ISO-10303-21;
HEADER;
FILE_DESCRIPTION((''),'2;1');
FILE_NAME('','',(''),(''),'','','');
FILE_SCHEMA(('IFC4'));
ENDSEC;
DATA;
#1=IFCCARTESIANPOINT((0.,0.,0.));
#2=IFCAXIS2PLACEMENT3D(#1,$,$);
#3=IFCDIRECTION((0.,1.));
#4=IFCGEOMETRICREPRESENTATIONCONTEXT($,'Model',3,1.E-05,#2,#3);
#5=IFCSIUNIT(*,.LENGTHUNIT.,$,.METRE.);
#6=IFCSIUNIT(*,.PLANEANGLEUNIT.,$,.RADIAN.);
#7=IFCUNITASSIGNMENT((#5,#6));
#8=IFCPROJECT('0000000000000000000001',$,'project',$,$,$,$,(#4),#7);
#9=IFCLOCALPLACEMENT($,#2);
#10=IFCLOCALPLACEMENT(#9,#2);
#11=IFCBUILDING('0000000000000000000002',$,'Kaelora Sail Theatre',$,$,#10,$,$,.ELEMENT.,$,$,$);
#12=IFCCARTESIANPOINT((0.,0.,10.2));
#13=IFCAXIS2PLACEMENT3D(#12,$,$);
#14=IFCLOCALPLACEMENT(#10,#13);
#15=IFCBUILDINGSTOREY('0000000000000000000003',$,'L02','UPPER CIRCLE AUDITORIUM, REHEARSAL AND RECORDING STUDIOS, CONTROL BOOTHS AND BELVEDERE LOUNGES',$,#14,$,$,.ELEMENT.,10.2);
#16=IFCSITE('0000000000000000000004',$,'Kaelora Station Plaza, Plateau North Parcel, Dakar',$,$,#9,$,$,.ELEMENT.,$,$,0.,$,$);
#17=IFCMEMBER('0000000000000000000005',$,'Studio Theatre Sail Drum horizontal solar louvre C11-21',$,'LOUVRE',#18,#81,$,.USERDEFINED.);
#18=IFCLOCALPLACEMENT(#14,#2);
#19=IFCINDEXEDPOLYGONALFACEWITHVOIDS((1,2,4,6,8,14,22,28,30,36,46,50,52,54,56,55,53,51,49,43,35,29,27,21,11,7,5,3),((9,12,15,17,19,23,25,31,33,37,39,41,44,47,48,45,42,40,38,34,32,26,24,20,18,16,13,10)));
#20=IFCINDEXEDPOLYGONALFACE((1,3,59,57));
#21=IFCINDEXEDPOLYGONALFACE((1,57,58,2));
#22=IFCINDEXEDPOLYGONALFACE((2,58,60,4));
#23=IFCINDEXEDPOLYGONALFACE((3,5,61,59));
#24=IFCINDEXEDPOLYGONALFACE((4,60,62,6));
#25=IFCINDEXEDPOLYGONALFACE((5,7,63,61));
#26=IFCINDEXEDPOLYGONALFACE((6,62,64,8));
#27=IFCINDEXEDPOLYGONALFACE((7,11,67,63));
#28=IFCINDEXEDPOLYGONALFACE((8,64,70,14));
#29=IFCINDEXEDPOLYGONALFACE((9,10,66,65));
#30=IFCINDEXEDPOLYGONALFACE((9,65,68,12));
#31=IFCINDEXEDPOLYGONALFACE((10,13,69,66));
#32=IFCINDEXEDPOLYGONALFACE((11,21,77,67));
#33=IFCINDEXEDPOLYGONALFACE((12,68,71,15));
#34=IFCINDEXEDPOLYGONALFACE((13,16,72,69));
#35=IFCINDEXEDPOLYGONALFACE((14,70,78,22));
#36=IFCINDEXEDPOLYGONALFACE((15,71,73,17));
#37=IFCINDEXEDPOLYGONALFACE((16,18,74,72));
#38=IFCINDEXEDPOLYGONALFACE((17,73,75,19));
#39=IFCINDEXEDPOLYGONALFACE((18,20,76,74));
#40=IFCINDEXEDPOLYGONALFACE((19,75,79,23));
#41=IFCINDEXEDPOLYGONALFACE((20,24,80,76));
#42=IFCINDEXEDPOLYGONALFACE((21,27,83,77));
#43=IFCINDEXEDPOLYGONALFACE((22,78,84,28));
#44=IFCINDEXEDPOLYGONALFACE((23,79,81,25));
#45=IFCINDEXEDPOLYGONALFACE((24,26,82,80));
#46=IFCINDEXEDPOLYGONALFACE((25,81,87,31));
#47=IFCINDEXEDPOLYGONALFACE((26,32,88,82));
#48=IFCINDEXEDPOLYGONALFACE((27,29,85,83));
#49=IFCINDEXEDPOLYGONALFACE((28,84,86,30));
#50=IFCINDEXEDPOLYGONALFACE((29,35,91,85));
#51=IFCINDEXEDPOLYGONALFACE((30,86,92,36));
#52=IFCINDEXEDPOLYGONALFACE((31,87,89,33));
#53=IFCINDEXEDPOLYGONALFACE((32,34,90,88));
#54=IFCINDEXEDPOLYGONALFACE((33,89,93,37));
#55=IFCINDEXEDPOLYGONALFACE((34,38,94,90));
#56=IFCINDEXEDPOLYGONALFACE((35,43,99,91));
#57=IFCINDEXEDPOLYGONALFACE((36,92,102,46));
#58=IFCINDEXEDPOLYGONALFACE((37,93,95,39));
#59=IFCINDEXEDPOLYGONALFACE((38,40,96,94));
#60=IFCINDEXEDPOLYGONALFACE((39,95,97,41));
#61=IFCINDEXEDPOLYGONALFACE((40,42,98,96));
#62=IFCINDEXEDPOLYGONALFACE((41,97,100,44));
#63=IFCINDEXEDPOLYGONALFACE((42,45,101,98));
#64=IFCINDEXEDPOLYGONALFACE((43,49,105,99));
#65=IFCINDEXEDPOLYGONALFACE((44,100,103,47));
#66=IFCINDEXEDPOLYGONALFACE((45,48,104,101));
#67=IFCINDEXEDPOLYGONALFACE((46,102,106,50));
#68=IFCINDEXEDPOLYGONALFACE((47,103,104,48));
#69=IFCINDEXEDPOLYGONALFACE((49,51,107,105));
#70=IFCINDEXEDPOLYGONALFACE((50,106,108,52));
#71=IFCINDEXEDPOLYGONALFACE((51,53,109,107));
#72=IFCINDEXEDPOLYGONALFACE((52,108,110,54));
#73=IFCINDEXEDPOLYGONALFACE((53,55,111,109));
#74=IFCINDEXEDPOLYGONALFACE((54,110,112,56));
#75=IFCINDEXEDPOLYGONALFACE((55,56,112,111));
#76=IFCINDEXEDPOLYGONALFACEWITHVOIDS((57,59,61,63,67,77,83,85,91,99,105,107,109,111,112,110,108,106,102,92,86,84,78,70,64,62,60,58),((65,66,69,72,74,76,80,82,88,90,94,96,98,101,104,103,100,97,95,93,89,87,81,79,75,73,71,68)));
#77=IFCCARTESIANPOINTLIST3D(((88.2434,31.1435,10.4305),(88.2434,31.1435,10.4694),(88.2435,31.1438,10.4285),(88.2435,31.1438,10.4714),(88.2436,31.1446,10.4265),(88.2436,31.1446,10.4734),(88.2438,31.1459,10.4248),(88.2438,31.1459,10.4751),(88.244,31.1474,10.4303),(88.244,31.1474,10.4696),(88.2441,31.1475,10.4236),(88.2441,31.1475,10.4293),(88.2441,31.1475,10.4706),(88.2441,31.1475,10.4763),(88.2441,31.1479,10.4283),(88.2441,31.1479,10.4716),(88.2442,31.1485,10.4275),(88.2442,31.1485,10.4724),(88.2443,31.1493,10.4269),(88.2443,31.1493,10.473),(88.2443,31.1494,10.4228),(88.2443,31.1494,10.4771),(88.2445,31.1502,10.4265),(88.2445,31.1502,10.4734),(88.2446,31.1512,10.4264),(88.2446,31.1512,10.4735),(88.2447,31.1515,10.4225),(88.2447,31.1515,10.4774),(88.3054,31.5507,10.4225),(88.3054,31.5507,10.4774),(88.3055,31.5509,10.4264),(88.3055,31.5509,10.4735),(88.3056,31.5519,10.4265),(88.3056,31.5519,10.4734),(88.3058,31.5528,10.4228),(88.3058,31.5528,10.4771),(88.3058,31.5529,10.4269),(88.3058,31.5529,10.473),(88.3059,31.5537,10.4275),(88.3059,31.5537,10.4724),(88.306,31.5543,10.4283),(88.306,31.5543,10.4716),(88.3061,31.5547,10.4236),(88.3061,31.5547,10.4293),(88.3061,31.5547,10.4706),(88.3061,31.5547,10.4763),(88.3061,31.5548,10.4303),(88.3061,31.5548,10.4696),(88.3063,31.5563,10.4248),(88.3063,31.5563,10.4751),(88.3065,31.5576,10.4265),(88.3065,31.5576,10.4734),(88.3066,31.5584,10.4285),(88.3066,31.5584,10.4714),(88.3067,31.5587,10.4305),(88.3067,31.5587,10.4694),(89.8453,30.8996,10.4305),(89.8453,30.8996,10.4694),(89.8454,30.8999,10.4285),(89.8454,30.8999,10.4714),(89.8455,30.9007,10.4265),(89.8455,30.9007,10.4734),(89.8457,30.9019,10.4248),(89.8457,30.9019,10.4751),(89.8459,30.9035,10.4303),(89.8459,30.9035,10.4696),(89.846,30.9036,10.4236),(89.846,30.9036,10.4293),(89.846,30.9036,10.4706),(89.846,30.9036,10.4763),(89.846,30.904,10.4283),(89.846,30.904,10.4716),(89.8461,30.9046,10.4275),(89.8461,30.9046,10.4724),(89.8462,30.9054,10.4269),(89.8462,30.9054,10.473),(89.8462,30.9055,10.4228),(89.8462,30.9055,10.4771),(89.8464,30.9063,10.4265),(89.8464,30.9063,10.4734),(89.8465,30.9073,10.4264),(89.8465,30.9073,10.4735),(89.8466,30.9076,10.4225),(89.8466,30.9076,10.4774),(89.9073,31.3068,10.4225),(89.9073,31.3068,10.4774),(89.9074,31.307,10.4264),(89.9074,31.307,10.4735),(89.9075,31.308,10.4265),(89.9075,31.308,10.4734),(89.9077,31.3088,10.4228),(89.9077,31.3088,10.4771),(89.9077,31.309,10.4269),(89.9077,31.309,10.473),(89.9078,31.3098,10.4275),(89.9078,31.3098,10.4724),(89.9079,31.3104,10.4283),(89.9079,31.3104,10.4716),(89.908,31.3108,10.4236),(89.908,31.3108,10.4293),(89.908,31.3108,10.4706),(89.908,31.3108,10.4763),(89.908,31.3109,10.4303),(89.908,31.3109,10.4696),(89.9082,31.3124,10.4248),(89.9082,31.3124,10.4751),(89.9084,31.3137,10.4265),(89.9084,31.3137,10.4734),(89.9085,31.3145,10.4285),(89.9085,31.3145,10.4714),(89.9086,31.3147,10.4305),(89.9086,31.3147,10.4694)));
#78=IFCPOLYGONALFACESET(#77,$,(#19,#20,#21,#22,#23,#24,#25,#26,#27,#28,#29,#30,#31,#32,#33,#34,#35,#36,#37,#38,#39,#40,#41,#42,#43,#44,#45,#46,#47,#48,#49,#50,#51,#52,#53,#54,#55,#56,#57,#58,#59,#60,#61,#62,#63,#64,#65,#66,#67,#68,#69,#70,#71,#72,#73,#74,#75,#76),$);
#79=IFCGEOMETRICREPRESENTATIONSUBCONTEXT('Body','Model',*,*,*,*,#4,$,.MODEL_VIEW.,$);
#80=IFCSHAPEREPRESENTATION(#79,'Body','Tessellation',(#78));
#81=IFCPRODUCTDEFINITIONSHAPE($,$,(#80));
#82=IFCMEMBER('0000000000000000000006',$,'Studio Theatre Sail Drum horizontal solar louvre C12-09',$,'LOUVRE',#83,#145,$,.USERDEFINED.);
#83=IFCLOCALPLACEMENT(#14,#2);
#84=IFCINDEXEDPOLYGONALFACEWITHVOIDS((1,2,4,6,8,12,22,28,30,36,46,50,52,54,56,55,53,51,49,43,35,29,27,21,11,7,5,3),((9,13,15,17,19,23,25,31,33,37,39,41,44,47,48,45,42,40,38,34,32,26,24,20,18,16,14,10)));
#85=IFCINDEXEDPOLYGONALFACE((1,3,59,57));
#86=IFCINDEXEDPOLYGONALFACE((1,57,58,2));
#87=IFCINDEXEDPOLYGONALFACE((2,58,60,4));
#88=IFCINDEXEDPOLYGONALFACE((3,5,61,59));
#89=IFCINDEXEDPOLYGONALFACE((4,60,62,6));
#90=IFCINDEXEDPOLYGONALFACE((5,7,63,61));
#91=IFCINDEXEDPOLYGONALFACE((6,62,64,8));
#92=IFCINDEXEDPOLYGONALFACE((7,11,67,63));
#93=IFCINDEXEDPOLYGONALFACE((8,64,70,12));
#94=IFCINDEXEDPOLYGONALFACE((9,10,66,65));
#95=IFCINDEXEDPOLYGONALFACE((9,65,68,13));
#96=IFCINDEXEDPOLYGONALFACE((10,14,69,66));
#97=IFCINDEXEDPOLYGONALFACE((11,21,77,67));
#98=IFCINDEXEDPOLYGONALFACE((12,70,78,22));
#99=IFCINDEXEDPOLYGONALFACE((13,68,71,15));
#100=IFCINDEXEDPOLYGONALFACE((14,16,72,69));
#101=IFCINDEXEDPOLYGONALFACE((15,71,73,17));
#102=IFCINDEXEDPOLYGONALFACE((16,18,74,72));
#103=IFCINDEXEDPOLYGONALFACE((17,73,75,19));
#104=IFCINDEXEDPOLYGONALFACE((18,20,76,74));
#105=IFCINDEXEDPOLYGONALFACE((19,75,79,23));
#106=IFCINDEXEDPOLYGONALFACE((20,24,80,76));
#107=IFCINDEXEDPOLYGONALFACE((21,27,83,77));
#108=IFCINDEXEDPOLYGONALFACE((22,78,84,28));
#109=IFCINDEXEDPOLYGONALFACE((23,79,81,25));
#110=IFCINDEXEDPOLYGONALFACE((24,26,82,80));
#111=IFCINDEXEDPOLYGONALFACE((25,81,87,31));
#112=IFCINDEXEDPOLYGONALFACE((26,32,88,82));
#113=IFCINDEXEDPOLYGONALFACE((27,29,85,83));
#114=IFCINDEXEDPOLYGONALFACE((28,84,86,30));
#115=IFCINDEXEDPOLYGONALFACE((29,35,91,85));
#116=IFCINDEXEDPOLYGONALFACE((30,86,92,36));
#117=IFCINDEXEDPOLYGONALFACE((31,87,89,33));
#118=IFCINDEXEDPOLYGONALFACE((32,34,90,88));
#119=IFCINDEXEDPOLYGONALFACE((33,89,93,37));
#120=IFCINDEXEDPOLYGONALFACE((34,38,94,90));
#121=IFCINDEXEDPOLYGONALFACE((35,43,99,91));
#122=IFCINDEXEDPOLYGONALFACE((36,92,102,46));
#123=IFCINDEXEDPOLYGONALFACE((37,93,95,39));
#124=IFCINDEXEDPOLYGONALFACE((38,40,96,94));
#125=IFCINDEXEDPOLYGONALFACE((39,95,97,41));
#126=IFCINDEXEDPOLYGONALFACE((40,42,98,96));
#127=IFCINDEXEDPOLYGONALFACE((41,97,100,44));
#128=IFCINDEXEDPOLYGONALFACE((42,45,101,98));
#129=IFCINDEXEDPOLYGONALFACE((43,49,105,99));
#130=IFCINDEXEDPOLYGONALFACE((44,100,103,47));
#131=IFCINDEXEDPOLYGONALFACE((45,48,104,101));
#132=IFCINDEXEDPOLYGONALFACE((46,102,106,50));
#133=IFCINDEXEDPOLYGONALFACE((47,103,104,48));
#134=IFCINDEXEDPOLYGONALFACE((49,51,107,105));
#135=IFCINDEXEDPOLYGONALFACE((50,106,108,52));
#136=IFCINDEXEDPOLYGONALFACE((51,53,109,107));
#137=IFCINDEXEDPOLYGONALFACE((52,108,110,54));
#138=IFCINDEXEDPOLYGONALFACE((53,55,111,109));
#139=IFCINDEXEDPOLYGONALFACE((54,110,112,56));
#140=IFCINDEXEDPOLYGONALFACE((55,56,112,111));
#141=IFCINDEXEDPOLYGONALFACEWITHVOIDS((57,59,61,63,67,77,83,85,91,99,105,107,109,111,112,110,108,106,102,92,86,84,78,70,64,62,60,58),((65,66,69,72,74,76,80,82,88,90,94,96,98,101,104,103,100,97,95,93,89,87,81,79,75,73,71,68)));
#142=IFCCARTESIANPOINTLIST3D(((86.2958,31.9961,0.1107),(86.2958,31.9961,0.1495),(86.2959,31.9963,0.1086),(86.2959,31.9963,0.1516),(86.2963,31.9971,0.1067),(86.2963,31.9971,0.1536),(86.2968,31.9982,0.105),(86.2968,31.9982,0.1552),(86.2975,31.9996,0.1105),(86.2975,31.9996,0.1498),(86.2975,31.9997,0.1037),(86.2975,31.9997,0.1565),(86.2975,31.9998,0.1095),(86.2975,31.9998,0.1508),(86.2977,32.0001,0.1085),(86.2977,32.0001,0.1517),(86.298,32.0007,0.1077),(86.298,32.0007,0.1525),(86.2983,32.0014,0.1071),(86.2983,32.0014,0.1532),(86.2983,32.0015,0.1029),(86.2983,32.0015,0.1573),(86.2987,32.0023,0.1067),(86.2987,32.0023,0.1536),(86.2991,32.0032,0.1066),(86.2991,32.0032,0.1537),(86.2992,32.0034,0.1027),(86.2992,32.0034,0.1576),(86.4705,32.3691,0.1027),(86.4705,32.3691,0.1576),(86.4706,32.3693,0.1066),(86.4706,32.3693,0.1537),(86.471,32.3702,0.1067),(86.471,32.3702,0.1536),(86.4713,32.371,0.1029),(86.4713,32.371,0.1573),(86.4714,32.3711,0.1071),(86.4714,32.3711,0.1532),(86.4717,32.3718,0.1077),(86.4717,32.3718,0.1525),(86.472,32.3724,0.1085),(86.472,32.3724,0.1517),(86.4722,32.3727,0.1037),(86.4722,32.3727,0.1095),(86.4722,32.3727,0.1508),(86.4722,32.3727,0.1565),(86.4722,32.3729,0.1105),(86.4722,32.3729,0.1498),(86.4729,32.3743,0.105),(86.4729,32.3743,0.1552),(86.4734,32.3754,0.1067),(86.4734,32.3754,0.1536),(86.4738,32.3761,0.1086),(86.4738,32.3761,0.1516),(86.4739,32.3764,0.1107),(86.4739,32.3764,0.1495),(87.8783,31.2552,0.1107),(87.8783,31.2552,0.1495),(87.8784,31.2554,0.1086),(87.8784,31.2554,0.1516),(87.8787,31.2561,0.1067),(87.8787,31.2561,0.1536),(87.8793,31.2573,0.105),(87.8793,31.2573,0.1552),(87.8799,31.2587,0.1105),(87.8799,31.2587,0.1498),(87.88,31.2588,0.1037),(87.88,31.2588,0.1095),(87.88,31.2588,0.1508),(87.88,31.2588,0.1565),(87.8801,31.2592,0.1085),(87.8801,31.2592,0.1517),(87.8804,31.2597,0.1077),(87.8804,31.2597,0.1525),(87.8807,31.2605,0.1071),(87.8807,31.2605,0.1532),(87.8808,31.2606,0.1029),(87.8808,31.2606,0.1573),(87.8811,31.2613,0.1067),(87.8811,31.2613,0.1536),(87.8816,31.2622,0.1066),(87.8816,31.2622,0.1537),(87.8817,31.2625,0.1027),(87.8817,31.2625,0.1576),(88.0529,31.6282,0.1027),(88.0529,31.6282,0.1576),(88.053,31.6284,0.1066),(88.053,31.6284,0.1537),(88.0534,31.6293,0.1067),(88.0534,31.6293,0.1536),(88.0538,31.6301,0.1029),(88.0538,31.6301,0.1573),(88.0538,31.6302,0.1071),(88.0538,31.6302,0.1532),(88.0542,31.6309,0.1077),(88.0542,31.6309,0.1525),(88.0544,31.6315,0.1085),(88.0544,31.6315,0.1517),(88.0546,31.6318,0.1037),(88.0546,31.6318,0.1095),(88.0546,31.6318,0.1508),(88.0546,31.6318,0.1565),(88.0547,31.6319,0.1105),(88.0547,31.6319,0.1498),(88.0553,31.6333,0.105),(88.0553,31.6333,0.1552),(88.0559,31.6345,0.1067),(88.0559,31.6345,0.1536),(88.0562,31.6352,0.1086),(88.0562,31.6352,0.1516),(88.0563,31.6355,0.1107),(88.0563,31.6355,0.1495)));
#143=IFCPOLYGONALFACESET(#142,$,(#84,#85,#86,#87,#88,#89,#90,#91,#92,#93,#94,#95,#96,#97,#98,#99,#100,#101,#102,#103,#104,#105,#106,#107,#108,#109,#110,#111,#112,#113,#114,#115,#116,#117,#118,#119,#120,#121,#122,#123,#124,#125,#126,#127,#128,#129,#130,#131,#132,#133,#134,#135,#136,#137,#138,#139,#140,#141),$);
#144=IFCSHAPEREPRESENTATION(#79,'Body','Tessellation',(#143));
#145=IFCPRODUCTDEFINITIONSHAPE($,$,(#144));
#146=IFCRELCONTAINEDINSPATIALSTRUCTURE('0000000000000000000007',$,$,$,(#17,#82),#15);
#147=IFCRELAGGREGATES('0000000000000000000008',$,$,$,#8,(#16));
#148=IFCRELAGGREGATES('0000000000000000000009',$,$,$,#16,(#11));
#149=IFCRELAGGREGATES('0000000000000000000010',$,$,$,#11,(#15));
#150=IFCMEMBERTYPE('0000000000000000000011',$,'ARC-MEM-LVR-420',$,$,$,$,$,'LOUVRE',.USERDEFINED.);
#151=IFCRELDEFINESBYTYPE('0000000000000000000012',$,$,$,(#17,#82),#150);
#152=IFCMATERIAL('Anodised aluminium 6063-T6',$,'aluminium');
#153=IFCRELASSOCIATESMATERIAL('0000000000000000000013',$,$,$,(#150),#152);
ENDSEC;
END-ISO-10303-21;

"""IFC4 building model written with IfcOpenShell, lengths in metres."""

from ifc_helpers import new_model, si_unit, direction, frame, origin, origin_2d, place, context, subcontext, project, spatial, hollow_rectangle, extrude, material, material_profile, profile_set, type_object, element, save


model = new_model("IFC4")

# Units and contexts
model_context = context("Model", 3, precision=1e-05, world=origin(), true_north=direction((0.0, 1.0)))
body_context = subcontext(model_context, "Body", "Model", "MODEL_VIEW")
ifc_project = project(units=[si_unit("LENGTHUNIT", "METRE"), si_unit("PLANEANGLEUNIT", "RADIAN")], contexts=[model_context])

# Site, building, storey
site_placement = place(None, origin())
site = spatial("IfcSite", under=ifc_project, at=site_placement, Name="Kaelora Station Plaza, Plateau North Parcel, Dakar", CompositionType="ELEMENT", RefElevation=0.0)
building_placement = place(site_placement, origin())
building = spatial("IfcBuilding", under=site, at=building_placement, Name="Kaelora Sail Theatre", CompositionType="ELEMENT")
storey_placement = place(building_placement, frame((0.0, 0.0, 10.2)))
storey = spatial("IfcBuildingStorey", under=building, at=storey_placement, Name="L02", Description="UPPER CIRCLE AUDITORIUM, REHEARSAL AND RECORDING STUDIOS, CONTROL BOOTHS AND BELVEDERE LOUNGES", CompositionType="ELEMENT", Elevation=10.2)

# Members
ifc_material_1 = material(Name="Anodised aluminium 6063-T6", Category="aluminium")
ifc_material_profile_1 = material_profile(ifc_material_1, hollow_rectangle(XDim=0.4199, YDim=0.0549, WallThickness=0.0039, InnerFilletRadius=0.0039, OuterFilletRadius=0.0081, at=origin_2d()), Name="LOUVRE 420x55x4")
ifc_profile_set_1 = profile_set([ifc_material_profile_1], Name="Anodised aluminium 6063-T6")
member_type = type_object("IfcMemberType", Name="ARC-MEM-LVR-420", ElementType="LOUVRE", PredefinedType="USERDEFINED", material=ifc_profile_set_1)
for number, where, z_axis, x_axis, name in (
    (1, (89.877, 31.1072, 10.45), (-0.988606, 0.150528, 0.0), (-0.150528, -0.988606, 0.0), "Studio Theatre Sail Drum horizontal solar louvre C11-21"),
):
    element("IfcMember", number, at=place(storey_placement, frame(where, z_axis=z_axis, x_axis=x_axis)), inside=storey, type_object=member_type, Name=name, ObjectType="LOUVRE", PredefinedType="USERDEFINED", context=body_context, shape_type="SweptSolid", body=[
        extrude(hollow_rectangle(XDim=0.4199, YDim=0.0549, WallThickness=0.0039, InnerFilletRadius=0.0039, OuterFilletRadius=0.0081, at=origin_2d()), origin(), (0.0, 0.0, 1.0), 1.6204),
    ])
for number, where, z_axis, x_axis, name in (
    (2, (87.9673, 31.4453, 0.1301), (-0.905643, 0.42404, 0.0), (-0.42404, -0.905643, 0.0), "Studio Theatre Sail Drum horizontal solar louvre C12-09"),
):
    element("IfcMember", number, at=place(storey_placement, frame(where, z_axis=z_axis, x_axis=x_axis)), inside=storey, type_object=member_type, Name=name, ObjectType="LOUVRE", PredefinedType="USERDEFINED", context=body_context, shape_type="SweptSolid", body=[
        extrude(hollow_rectangle(XDim=0.4199, YDim=0.0549, WallThickness=0.0039, InnerFilletRadius=0.0039, OuterFilletRadius=0.0081, at=origin_2d()), origin(), (0.0, 0.0, 1.0), 1.7473),
    ])

save(model, "model.ifc")
